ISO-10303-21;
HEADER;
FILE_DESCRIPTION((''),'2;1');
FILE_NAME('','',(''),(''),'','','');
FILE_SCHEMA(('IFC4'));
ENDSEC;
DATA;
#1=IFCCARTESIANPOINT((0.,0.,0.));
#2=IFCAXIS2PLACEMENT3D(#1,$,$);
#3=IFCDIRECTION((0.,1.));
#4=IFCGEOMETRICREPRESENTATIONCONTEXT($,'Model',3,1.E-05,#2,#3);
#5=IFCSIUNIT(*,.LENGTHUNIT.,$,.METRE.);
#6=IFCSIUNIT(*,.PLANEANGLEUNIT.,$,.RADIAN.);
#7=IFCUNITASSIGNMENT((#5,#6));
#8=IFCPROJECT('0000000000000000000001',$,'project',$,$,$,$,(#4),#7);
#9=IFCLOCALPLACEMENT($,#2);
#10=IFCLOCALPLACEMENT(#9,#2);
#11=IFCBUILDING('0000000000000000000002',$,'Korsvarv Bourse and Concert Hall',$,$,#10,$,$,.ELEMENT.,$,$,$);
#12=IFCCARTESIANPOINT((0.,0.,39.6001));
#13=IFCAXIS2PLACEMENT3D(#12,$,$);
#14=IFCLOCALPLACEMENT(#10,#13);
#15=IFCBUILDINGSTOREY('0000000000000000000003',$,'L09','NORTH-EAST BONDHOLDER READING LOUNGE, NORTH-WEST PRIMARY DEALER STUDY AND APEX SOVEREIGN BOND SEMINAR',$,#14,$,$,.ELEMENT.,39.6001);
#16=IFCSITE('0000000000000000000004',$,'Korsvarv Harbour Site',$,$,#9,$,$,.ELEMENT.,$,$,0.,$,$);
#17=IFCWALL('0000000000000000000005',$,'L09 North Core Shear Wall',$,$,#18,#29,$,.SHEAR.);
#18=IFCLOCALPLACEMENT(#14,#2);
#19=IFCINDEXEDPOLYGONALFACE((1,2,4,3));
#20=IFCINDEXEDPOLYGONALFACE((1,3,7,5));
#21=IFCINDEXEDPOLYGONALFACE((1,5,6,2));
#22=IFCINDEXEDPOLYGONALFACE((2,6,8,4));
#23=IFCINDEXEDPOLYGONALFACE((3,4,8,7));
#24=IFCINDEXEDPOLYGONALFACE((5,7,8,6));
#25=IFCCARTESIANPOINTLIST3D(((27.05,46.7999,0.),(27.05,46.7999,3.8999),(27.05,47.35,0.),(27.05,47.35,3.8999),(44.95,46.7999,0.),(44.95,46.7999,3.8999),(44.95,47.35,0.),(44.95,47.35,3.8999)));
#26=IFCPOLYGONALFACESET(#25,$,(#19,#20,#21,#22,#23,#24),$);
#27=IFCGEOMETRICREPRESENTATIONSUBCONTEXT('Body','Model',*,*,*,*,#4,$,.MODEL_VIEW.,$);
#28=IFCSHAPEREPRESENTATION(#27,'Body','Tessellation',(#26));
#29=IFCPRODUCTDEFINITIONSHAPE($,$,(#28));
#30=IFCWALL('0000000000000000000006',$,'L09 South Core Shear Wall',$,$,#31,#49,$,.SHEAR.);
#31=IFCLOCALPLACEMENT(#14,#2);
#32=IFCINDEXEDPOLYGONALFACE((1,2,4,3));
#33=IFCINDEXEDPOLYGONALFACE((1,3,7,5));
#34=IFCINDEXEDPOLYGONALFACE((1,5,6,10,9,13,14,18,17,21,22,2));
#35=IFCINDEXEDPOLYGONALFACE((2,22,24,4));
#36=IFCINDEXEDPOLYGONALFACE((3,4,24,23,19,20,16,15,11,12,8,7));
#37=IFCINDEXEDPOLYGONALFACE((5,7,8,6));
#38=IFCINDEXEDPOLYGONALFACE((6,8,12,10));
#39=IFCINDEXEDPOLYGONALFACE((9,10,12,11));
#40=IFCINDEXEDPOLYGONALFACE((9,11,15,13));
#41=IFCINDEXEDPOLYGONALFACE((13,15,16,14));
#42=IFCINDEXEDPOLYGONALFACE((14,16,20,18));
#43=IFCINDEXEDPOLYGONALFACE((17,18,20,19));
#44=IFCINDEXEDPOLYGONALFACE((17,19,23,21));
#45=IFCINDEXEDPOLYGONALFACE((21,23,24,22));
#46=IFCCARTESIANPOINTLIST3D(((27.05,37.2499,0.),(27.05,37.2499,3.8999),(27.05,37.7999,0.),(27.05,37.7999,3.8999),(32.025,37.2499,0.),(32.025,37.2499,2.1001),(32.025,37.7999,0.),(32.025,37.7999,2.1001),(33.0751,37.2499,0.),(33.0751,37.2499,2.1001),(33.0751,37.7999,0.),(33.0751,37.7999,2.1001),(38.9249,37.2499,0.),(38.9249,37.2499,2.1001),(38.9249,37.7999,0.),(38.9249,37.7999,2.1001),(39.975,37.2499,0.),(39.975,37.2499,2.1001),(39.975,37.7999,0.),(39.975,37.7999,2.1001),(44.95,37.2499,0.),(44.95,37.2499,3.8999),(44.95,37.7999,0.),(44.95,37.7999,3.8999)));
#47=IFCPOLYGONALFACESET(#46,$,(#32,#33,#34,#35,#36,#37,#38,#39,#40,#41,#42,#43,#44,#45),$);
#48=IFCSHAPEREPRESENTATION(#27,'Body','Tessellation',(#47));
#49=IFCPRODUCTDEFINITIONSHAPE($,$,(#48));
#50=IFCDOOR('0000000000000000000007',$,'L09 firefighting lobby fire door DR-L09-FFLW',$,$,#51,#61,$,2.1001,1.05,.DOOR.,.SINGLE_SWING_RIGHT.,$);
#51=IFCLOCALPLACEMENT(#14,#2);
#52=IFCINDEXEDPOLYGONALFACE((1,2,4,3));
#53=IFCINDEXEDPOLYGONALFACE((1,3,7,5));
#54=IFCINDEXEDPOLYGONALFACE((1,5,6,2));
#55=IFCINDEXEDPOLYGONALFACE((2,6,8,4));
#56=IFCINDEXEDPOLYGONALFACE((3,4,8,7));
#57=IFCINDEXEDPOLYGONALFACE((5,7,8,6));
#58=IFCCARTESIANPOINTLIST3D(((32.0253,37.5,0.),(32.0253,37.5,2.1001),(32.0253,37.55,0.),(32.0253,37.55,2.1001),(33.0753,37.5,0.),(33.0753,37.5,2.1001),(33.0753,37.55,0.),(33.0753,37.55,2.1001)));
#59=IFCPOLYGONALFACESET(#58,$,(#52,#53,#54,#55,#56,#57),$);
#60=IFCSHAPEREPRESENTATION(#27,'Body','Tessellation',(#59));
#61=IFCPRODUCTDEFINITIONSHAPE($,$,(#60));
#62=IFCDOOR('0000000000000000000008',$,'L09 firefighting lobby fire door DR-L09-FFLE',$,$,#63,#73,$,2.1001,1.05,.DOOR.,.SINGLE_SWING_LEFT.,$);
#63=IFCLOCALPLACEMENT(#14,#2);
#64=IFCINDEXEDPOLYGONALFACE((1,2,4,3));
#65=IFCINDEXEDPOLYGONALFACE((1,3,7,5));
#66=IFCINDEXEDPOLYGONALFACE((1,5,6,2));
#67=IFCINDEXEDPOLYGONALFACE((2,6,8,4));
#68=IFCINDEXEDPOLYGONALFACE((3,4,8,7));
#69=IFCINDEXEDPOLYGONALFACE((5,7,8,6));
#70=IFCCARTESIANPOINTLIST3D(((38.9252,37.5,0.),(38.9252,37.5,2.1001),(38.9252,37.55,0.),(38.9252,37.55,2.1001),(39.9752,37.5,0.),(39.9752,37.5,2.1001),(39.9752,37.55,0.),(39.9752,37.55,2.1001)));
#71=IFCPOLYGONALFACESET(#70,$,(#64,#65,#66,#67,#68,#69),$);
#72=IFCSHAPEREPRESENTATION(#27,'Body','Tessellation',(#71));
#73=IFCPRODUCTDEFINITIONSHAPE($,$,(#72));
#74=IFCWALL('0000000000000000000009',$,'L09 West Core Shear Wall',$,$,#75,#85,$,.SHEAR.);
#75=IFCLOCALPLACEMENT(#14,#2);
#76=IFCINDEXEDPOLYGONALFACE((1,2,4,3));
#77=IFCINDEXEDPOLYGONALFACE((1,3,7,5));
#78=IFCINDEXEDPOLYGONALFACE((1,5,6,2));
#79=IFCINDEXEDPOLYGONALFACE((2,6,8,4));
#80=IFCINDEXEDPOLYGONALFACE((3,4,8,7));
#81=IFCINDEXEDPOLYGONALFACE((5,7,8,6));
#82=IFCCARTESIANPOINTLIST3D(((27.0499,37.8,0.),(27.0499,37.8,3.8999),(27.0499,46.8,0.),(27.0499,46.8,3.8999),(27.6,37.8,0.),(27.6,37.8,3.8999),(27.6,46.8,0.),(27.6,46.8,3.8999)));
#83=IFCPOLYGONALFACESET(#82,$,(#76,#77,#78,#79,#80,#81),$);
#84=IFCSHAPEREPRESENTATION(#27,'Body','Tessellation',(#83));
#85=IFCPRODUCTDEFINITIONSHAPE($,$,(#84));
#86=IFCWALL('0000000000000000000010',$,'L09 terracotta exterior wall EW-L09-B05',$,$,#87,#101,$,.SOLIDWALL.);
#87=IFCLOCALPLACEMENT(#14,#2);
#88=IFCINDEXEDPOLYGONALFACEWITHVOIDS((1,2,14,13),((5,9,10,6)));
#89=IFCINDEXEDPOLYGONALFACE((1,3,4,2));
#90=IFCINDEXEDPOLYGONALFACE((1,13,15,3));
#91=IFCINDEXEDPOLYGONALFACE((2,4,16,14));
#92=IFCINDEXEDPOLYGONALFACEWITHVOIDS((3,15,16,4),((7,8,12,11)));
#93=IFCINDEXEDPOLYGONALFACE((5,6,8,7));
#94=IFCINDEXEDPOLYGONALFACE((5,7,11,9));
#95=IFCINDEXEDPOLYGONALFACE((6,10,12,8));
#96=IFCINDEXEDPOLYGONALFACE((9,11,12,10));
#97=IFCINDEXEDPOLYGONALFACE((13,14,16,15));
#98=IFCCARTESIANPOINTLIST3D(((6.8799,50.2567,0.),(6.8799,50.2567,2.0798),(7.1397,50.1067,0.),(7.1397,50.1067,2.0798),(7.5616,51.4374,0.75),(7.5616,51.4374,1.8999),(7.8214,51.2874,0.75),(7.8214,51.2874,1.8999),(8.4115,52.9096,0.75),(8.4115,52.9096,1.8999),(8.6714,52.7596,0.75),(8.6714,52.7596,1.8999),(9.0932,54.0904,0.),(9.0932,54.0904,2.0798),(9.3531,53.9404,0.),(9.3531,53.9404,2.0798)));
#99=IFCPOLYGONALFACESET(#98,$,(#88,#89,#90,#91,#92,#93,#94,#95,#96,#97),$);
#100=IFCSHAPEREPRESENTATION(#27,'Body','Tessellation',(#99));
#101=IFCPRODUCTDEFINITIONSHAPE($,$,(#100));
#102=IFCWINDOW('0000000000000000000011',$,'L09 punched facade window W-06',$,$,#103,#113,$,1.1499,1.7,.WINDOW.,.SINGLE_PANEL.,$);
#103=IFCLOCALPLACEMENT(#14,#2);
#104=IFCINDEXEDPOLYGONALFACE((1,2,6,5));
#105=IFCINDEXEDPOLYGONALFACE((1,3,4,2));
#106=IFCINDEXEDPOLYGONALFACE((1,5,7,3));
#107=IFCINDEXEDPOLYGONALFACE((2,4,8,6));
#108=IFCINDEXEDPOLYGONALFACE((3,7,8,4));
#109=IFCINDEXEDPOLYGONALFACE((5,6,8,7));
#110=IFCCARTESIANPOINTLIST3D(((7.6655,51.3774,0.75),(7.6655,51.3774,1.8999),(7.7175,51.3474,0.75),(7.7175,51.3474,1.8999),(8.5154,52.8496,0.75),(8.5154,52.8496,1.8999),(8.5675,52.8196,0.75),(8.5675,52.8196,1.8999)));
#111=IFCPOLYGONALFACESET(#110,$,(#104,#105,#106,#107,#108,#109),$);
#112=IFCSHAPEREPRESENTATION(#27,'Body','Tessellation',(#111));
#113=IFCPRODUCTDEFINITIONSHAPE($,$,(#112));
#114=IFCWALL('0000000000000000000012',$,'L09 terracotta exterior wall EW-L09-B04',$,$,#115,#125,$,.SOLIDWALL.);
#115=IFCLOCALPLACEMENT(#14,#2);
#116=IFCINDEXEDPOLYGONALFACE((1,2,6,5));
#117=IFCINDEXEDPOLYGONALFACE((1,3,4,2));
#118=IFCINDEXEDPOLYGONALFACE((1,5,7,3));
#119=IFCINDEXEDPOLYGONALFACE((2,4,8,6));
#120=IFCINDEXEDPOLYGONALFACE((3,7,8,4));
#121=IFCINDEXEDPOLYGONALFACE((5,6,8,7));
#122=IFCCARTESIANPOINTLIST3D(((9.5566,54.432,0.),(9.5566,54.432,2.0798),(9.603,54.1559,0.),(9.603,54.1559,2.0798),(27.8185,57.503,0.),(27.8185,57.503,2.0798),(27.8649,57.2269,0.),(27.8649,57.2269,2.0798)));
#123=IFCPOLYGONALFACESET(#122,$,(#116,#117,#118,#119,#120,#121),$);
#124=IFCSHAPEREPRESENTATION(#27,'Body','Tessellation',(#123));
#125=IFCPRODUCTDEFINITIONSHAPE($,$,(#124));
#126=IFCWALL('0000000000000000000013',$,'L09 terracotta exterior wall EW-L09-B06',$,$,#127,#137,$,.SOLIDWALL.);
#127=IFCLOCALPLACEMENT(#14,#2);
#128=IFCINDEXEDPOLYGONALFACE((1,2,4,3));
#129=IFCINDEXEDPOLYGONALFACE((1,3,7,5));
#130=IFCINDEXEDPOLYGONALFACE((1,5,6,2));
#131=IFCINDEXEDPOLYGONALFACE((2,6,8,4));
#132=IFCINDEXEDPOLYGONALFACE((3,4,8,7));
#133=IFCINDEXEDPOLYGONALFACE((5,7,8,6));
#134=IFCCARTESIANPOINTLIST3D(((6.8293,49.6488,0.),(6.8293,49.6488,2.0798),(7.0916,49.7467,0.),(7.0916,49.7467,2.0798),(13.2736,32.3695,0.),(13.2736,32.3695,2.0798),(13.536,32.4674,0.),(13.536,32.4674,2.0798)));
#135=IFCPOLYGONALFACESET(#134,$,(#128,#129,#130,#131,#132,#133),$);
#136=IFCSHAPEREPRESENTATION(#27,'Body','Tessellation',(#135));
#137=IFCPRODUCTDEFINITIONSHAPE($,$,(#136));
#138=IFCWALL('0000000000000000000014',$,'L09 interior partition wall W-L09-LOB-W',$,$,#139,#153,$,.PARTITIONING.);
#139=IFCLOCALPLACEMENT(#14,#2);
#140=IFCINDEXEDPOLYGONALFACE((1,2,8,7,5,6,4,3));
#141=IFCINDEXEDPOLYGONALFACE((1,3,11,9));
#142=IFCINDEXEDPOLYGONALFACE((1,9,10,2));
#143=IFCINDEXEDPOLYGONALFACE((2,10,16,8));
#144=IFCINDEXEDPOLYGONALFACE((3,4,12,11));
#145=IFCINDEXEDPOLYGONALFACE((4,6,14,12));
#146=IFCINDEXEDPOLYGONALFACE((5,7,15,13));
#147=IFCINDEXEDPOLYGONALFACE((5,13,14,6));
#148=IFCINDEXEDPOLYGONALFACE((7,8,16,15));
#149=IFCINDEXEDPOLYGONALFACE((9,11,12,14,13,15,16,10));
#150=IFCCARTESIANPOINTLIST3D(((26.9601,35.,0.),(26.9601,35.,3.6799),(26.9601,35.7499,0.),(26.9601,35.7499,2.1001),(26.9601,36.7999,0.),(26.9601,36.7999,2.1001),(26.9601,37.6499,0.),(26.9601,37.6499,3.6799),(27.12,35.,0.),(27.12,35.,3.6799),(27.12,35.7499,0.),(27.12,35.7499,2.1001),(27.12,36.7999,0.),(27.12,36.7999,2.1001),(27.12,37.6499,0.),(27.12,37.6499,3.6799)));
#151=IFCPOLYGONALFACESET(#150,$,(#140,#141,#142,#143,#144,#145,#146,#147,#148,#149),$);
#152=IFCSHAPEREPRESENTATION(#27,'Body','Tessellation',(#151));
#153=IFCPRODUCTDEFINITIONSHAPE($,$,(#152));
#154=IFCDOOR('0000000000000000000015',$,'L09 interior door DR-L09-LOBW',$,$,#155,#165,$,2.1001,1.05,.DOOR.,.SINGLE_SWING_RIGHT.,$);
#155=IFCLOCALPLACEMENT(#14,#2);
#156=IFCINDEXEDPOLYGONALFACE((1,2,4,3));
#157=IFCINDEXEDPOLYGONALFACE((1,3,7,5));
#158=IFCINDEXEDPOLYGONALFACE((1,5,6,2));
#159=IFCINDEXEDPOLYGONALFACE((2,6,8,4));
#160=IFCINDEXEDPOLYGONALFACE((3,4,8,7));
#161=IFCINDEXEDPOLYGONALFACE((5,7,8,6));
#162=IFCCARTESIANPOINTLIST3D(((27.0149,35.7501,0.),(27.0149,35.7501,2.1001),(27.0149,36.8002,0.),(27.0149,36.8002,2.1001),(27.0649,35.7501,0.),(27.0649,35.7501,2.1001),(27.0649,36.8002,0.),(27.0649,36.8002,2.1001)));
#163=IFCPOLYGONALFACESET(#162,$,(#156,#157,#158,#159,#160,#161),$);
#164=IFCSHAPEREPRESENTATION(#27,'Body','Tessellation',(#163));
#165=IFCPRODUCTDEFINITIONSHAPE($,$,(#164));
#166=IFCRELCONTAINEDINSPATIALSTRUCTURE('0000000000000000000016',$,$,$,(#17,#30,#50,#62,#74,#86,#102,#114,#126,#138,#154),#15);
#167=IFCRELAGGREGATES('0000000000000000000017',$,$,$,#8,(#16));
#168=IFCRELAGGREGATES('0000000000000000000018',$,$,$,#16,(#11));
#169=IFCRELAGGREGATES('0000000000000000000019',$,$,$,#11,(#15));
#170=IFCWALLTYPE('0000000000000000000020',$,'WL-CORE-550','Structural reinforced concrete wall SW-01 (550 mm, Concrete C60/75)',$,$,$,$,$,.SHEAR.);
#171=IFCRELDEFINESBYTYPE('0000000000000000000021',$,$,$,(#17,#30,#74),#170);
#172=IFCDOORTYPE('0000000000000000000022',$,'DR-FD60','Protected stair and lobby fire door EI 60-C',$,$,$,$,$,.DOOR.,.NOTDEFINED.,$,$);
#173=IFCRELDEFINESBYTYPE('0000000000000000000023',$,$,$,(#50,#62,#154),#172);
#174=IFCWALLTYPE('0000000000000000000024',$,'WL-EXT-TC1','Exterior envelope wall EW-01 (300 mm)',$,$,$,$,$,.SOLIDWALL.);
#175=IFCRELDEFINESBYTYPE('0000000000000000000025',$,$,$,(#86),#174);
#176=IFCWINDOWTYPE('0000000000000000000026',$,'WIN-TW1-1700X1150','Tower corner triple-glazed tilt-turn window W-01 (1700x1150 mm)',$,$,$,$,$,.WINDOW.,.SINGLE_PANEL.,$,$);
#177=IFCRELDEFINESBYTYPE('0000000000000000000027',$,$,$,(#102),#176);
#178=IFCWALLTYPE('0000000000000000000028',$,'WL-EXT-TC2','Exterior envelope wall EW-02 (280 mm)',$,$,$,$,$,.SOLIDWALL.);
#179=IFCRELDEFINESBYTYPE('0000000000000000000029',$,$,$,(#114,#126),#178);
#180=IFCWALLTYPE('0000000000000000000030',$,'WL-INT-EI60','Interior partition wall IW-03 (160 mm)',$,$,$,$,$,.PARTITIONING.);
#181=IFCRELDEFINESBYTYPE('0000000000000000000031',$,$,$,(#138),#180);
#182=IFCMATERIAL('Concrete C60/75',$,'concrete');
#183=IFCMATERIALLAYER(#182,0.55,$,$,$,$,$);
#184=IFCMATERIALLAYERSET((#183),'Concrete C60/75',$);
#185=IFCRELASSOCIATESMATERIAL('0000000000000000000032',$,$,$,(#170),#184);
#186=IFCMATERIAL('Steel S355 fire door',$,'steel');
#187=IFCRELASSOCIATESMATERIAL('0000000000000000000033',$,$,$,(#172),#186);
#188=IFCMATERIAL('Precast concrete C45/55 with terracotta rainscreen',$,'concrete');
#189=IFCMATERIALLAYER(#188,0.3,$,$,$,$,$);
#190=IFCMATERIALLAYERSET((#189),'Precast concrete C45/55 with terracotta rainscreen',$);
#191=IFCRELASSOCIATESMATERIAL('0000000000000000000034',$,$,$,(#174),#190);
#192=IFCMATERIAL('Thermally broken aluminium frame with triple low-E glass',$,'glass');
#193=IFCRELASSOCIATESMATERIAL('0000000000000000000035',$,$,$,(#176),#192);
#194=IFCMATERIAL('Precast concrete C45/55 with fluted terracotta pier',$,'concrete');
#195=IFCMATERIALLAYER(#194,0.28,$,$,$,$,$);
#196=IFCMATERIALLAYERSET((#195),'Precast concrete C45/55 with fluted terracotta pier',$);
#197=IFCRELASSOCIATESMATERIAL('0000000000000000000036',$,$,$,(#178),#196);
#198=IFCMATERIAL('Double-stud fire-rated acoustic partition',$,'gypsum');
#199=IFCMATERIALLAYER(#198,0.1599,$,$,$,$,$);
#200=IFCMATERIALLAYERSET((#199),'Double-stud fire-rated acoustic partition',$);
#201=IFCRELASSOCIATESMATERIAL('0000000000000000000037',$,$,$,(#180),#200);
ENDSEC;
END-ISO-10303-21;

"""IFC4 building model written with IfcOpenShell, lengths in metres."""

from ifc_helpers import new_model, si_unit, direction, frame, frame_2d, origin, place, context, subcontext, project, spatial, rectangle, extrude, material, layer, layer_set, type_object, element, fill, save


model = new_model("IFC4")

# Units and contexts
model_context = context("Model", 3, precision=1e-05, world=origin(), true_north=direction((0.0, 1.0)))
body_context = subcontext(model_context, "Body", "Model", "MODEL_VIEW")
ifc_project = project(units=[si_unit("LENGTHUNIT", "METRE"), si_unit("PLANEANGLEUNIT", "RADIAN")], contexts=[model_context])

# Site, building, storey
site_placement = place(None, origin())
site = spatial("IfcSite", under=ifc_project, at=site_placement, Name="Korsvarv Harbour Site", CompositionType="ELEMENT", RefElevation=0.0)
building_placement = place(site_placement, origin())
building = spatial("IfcBuilding", under=site, at=building_placement, Name="Korsvarv Bourse and Concert Hall", CompositionType="ELEMENT")
storey_placement = place(building_placement, frame((0.0, 0.0, 39.6001)))
storey = spatial("IfcBuildingStorey", under=building, at=storey_placement, Name="L09", Description="NORTH-EAST BONDHOLDER READING LOUNGE, NORTH-WEST PRIMARY DEALER STUDY AND APEX SOVEREIGN BOND SEMINAR", CompositionType="ELEMENT", Elevation=39.6001)

# Shared definitions
ifc_material_1 = material(Name="Concrete C60/75", Category="concrete")

# Wall
ifc_layer_1 = layer(ifc_material_1, 0.55)
ifc_layer_set_1 = layer_set([ifc_layer_1], Name="Concrete C60/75")
wall_type_1 = type_object("IfcWallType", Name="WL-CORE-550", Description="Structural reinforced concrete wall SW-01 (550 mm, Concrete C60/75)", PredefinedType="SHEAR", material=ifc_layer_set_1)
wall_1_placement = place(storey_placement, frame((27.05, 47.075, 0.0), z_axis=(0.0, 0.0, 1.0), x_axis=(1.0, 0.0, 0.0)))
element("IfcWall", 1, at=wall_1_placement, inside=storey, type_object=wall_type_1, Name="L09 North Core Shear Wall", PredefinedType="SHEAR", context=body_context, shape_type="SweptSolid", body=[
    extrude(rectangle(XDim=17.8999, YDim=0.55, at=frame_2d((8.95, 0.0))), origin(), (0.0, 0.0, 1.0), 3.8999),
])

# Wall, openings, doors
wall_2_placement = place(storey_placement, frame((27.05, 37.5249, 0.0), z_axis=(0.0, 0.0, 1.0), x_axis=(1.0, 0.0, 0.0)))
wall_2 = element("IfcWall", 2, at=wall_2_placement, inside=storey, type_object=wall_type_1, Name="L09 South Core Shear Wall", PredefinedType="SHEAR", context=body_context, shape_type="SweptSolid", body=[
    extrude(rectangle(XDim=17.8999, YDim=0.55, at=frame_2d((8.95, 0.0))), origin(), (0.0, 0.0, 1.0), 3.8999),
])
opening_1_placement = place(wall_2_placement, frame((4.9751, 0.0, 0.0)))
opening_1 = element("IfcOpeningElement", 3, at=opening_1_placement, cuts=wall_2, PredefinedType="OPENING", context=body_context, shape_type="SweptSolid", body=[
    extrude(rectangle(XDim=1.05, YDim=2.1001, at=frame_2d((0.5249, 1.05))), frame((0.0, 0.2852, 0.0), z_axis=(0.0, -1.0, 0.0), x_axis=(1.0, 0.0, 0.0)), (0.0, 0.0, 1.0), 0.5701),
])
opening_2_placement = place(wall_2_placement, frame((11.875, 0.0, 0.0)))
opening_2 = element("IfcOpeningElement", 4, at=opening_2_placement, cuts=wall_2, PredefinedType="OPENING", context=body_context, shape_type="SweptSolid", body=[
    extrude(rectangle(XDim=1.05, YDim=2.1001, at=frame_2d((0.5249, 1.05))), frame((0.0, 0.2852, 0.0), z_axis=(0.0, -1.0, 0.0), x_axis=(1.0, 0.0, 0.0)), (0.0, 0.0, 1.0), 0.5701),
])
ifc_material_2 = material(Name="Steel S355 fire door", Category="steel")
door_type_1 = type_object("IfcDoorType", Name="DR-FD60", Description="Protected stair and lobby fire door EI 60-C", OperationType="NOTDEFINED", PredefinedType="DOOR", material=ifc_material_2)
door_1_placement = place(opening_1_placement, frame((1.05, 0.0, 0.0), z_axis=(0.0, 0.0, 1.0), x_axis=(-1.0, 0.0, 0.0)))
door_1 = element("IfcDoor", 5, at=door_1_placement, inside=storey, type_object=door_type_1, Name="L09 firefighting lobby fire door DR-L09-FFLW", OperationType="SINGLE_SWING_RIGHT", OverallHeight=2.1001, OverallWidth=1.05, PredefinedType="DOOR", context=body_context, shape_type="SweptSolid", body=[
    extrude(rectangle(XDim=1.05, YDim=2.1001, at=frame_2d((0.5249, 1.05))), frame((0.0, 0.0249, 0.0), z_axis=(0.0, -1.0, 0.0), x_axis=(1.0, 0.0, 0.0)), (0.0, 0.0, 1.0), 0.05),
])
fill(opening_1, door_1)
door_2_placement = place(opening_2_placement, frame((1.05, 0.0, 0.0), z_axis=(0.0, 0.0, 1.0), x_axis=(-1.0, 0.0, 0.0)))
door_2 = element("IfcDoor", 6, at=door_2_placement, inside=storey, type_object=door_type_1, Name="L09 firefighting lobby fire door DR-L09-FFLE", OperationType="SINGLE_SWING_LEFT", OverallHeight=2.1001, OverallWidth=1.05, PredefinedType="DOOR", context=body_context, shape_type="SweptSolid", body=[
    extrude(rectangle(XDim=1.05, YDim=2.1001, at=frame_2d((0.5249, 1.05))), frame((0.0, 0.0249, 0.0), z_axis=(0.0, -1.0, 0.0), x_axis=(1.0, 0.0, 0.0)), (0.0, 0.0, 1.0), 0.05),
])
fill(opening_2, door_2)

# Wall
wall_3_placement = place(storey_placement, frame((27.325, 37.8, 0.0), z_axis=(0.0, 0.0, 1.0), x_axis=(0.0, 1.0, 0.0)))
element("IfcWall", 7, at=wall_3_placement, inside=storey, type_object=wall_type_1, Name="L09 West Core Shear Wall", PredefinedType="SHEAR", context=body_context, shape_type="SweptSolid", body=[
    extrude(rectangle(XDim=9.0, YDim=0.55, at=frame_2d((4.5, 0.0))), origin(), (0.0, 0.0, 1.0), 3.8999),
])

# Wall, opening, window
ifc_material_3 = material(Name="Precast concrete C45/55 with terracotta rainscreen", Category="concrete")
ifc_layer_2 = layer(ifc_material_3, 0.3)
ifc_layer_set_2 = layer_set([ifc_layer_2], Name="Precast concrete C45/55 with terracotta rainscreen")
wall_type_2 = type_object("IfcWallType", Name="WL-EXT-TC1", Description="Exterior envelope wall EW-01 (300 mm)", PredefinedType="SOLIDWALL", material=ifc_layer_set_2)
wall_4_placement = place(storey_placement, frame((9.2231, 54.0154, 0.0), z_axis=(0.0, 0.0, 1.0), x_axis=(-0.499995, -0.866029, 0.0)))
wall_4 = element("IfcWall", 8, at=wall_4_placement, inside=storey, type_object=wall_type_2, Name="L09 terracotta exterior wall EW-L09-B05", PredefinedType="SOLIDWALL", context=body_context, shape_type="SweptSolid", body=[
    extrude(rectangle(XDim=4.4268, YDim=0.3, at=frame_2d((2.2134, 0.0))), origin(), (0.0, 0.0, 1.0), 2.0798),
])
opening_3_placement = place(wall_4_placement, frame((1.3633, 0.0, 0.75)))
opening_3 = element("IfcOpeningElement", 9, at=opening_3_placement, cuts=wall_4, PredefinedType="OPENING", context=body_context, shape_type="SweptSolid", body=[
    extrude(rectangle(XDim=1.7, YDim=1.1499, at=frame_2d((0.8501, 0.575))), frame((0.0, 0.1602, 0.0), z_axis=(0.0, -1.0, 0.0), x_axis=(1.0, 0.0, 0.0)), (0.0, 0.0, 1.0), 0.3201),
])
ifc_material_4 = material(Name="Thermally broken aluminium frame with triple low-E glass", Category="glass")
window_type = type_object("IfcWindowType", Name="WIN-TW1-1700X1150", Description="Tower corner triple-glazed tilt-turn window W-01 (1700x1150 mm)", PartitioningType="SINGLE_PANEL", PredefinedType="WINDOW", material=ifc_material_4)
window_placement = place(opening_3_placement, origin())
window = element("IfcWindow", 10, at=window_placement, inside=storey, type_object=window_type, Name="L09 punched facade window W-06", OverallHeight=1.1499, OverallWidth=1.7, PartitioningType="SINGLE_PANEL", PredefinedType="WINDOW", context=body_context, shape_type="SweptSolid", body=[
    extrude(rectangle(XDim=1.7, YDim=1.1499, at=frame_2d((0.8501, 0.575))), frame((0.0, 0.03, 0.0), z_axis=(0.0, -1.0, 0.0), x_axis=(1.0, 0.0, 0.0)), (0.0, 0.0, 1.0), 0.0601),
])
fill(opening_3, window)

# Walls
ifc_material_5 = material(Name="Precast concrete C45/55 with fluted terracotta pier", Category="concrete")
ifc_layer_3 = layer(ifc_material_5, 0.28)
ifc_layer_set_3 = layer_set([ifc_layer_3], Name="Precast concrete C45/55 with fluted terracotta pier")
wall_type_3 = type_object("IfcWallType", Name="WL-EXT-TC2", Description="Exterior envelope wall EW-02 (280 mm)", PredefinedType="SOLIDWALL", material=ifc_layer_set_3)
wall_5_placement = place(storey_placement, frame((27.8418, 57.365, 0.0), z_axis=(0.0, 0.0, 1.0), x_axis=(-0.986153, -0.165838, 0.0)))
element("IfcWall", 11, at=wall_5_placement, inside=storey, type_object=wall_type_3, Name="L09 terracotta exterior wall EW-L09-B04", PredefinedType="SOLIDWALL", context=body_context, shape_type="SweptSolid", body=[
    extrude(rectangle(XDim=18.5183, YDim=0.28, at=frame_2d((9.2593, 0.0))), origin(), (0.0, 0.0, 1.0), 2.0798),
])
wall_6_placement = place(storey_placement, frame((6.9604, 49.6978, 0.0), z_axis=(0.0, 0.0, 1.0), x_axis=(0.34944, -0.936959, 0.0)))
element("IfcWall", 12, at=wall_6_placement, inside=storey, type_object=wall_type_3, Name="L09 terracotta exterior wall EW-L09-B06", PredefinedType="SOLIDWALL", context=body_context, shape_type="SweptSolid", body=[
    extrude(rectangle(XDim=18.4419, YDim=0.28, at=frame_2d((9.2209, 0.0))), origin(), (0.0, 0.0, 1.0), 2.0798),
])

# Wall, opening, door
ifc_material_6 = material(Name="Double-stud fire-rated acoustic partition", Category="gypsum")
ifc_layer_4 = layer(ifc_material_6, 0.1599)
ifc_layer_set_4 = layer_set([ifc_layer_4], Name="Double-stud fire-rated acoustic partition")
wall_type_4 = type_object("IfcWallType", Name="WL-INT-EI60", Description="Interior partition wall IW-03 (160 mm)", PredefinedType="PARTITIONING", material=ifc_layer_set_4)
wall_7_placement = place(storey_placement, frame((27.04, 35.0, 0.0), z_axis=(0.0, 0.0, 1.0), x_axis=(0.0, 1.0, 0.0)))
wall_7 = element("IfcWall", 13, at=wall_7_placement, inside=storey, type_object=wall_type_4, Name="L09 interior partition wall W-L09-LOB-W", PredefinedType="PARTITIONING", context=body_context, shape_type="SweptSolid", body=[
    extrude(rectangle(XDim=2.6499, YDim=0.1599, at=frame_2d((1.325, 0.0))), origin(), (0.0, 0.0, 1.0), 3.6799),
])
opening_4_placement = place(wall_7_placement, frame((0.75, 0.0, 0.0)))
opening_4 = element("IfcOpeningElement", 14, at=opening_4_placement, cuts=wall_7, PredefinedType="OPENING", context=body_context, shape_type="SweptSolid", body=[
    extrude(rectangle(XDim=1.05, YDim=2.1001, at=frame_2d((0.5249, 1.05))), frame((0.0, 0.0898, 0.0), z_axis=(0.0, -1.0, 0.0), x_axis=(1.0, 0.0, 0.0)), (0.0, 0.0, 1.0), 0.1799),
])
door_3_placement = place(opening_4_placement, frame((1.05, 0.0, 0.0), z_axis=(0.0, 0.0, 1.0), x_axis=(-1.0, 0.0, 0.0)))
door_3 = element("IfcDoor", 15, at=door_3_placement, inside=storey, type_object=door_type_1, Name="L09 interior door DR-L09-LOBW", OperationType="SINGLE_SWING_RIGHT", OverallHeight=2.1001, OverallWidth=1.05, PredefinedType="DOOR", context=body_context, shape_type="SweptSolid", body=[
    extrude(rectangle(XDim=1.05, YDim=2.1001, at=frame_2d((0.5249, 1.05))), frame((0.0, 0.0249, 0.0), z_axis=(0.0, -1.0, 0.0), x_axis=(1.0, 0.0, 0.0)), (0.0, 0.0, 1.0), 0.05),
])
fill(opening_4, door_3)

save(model, "model.ifc")
